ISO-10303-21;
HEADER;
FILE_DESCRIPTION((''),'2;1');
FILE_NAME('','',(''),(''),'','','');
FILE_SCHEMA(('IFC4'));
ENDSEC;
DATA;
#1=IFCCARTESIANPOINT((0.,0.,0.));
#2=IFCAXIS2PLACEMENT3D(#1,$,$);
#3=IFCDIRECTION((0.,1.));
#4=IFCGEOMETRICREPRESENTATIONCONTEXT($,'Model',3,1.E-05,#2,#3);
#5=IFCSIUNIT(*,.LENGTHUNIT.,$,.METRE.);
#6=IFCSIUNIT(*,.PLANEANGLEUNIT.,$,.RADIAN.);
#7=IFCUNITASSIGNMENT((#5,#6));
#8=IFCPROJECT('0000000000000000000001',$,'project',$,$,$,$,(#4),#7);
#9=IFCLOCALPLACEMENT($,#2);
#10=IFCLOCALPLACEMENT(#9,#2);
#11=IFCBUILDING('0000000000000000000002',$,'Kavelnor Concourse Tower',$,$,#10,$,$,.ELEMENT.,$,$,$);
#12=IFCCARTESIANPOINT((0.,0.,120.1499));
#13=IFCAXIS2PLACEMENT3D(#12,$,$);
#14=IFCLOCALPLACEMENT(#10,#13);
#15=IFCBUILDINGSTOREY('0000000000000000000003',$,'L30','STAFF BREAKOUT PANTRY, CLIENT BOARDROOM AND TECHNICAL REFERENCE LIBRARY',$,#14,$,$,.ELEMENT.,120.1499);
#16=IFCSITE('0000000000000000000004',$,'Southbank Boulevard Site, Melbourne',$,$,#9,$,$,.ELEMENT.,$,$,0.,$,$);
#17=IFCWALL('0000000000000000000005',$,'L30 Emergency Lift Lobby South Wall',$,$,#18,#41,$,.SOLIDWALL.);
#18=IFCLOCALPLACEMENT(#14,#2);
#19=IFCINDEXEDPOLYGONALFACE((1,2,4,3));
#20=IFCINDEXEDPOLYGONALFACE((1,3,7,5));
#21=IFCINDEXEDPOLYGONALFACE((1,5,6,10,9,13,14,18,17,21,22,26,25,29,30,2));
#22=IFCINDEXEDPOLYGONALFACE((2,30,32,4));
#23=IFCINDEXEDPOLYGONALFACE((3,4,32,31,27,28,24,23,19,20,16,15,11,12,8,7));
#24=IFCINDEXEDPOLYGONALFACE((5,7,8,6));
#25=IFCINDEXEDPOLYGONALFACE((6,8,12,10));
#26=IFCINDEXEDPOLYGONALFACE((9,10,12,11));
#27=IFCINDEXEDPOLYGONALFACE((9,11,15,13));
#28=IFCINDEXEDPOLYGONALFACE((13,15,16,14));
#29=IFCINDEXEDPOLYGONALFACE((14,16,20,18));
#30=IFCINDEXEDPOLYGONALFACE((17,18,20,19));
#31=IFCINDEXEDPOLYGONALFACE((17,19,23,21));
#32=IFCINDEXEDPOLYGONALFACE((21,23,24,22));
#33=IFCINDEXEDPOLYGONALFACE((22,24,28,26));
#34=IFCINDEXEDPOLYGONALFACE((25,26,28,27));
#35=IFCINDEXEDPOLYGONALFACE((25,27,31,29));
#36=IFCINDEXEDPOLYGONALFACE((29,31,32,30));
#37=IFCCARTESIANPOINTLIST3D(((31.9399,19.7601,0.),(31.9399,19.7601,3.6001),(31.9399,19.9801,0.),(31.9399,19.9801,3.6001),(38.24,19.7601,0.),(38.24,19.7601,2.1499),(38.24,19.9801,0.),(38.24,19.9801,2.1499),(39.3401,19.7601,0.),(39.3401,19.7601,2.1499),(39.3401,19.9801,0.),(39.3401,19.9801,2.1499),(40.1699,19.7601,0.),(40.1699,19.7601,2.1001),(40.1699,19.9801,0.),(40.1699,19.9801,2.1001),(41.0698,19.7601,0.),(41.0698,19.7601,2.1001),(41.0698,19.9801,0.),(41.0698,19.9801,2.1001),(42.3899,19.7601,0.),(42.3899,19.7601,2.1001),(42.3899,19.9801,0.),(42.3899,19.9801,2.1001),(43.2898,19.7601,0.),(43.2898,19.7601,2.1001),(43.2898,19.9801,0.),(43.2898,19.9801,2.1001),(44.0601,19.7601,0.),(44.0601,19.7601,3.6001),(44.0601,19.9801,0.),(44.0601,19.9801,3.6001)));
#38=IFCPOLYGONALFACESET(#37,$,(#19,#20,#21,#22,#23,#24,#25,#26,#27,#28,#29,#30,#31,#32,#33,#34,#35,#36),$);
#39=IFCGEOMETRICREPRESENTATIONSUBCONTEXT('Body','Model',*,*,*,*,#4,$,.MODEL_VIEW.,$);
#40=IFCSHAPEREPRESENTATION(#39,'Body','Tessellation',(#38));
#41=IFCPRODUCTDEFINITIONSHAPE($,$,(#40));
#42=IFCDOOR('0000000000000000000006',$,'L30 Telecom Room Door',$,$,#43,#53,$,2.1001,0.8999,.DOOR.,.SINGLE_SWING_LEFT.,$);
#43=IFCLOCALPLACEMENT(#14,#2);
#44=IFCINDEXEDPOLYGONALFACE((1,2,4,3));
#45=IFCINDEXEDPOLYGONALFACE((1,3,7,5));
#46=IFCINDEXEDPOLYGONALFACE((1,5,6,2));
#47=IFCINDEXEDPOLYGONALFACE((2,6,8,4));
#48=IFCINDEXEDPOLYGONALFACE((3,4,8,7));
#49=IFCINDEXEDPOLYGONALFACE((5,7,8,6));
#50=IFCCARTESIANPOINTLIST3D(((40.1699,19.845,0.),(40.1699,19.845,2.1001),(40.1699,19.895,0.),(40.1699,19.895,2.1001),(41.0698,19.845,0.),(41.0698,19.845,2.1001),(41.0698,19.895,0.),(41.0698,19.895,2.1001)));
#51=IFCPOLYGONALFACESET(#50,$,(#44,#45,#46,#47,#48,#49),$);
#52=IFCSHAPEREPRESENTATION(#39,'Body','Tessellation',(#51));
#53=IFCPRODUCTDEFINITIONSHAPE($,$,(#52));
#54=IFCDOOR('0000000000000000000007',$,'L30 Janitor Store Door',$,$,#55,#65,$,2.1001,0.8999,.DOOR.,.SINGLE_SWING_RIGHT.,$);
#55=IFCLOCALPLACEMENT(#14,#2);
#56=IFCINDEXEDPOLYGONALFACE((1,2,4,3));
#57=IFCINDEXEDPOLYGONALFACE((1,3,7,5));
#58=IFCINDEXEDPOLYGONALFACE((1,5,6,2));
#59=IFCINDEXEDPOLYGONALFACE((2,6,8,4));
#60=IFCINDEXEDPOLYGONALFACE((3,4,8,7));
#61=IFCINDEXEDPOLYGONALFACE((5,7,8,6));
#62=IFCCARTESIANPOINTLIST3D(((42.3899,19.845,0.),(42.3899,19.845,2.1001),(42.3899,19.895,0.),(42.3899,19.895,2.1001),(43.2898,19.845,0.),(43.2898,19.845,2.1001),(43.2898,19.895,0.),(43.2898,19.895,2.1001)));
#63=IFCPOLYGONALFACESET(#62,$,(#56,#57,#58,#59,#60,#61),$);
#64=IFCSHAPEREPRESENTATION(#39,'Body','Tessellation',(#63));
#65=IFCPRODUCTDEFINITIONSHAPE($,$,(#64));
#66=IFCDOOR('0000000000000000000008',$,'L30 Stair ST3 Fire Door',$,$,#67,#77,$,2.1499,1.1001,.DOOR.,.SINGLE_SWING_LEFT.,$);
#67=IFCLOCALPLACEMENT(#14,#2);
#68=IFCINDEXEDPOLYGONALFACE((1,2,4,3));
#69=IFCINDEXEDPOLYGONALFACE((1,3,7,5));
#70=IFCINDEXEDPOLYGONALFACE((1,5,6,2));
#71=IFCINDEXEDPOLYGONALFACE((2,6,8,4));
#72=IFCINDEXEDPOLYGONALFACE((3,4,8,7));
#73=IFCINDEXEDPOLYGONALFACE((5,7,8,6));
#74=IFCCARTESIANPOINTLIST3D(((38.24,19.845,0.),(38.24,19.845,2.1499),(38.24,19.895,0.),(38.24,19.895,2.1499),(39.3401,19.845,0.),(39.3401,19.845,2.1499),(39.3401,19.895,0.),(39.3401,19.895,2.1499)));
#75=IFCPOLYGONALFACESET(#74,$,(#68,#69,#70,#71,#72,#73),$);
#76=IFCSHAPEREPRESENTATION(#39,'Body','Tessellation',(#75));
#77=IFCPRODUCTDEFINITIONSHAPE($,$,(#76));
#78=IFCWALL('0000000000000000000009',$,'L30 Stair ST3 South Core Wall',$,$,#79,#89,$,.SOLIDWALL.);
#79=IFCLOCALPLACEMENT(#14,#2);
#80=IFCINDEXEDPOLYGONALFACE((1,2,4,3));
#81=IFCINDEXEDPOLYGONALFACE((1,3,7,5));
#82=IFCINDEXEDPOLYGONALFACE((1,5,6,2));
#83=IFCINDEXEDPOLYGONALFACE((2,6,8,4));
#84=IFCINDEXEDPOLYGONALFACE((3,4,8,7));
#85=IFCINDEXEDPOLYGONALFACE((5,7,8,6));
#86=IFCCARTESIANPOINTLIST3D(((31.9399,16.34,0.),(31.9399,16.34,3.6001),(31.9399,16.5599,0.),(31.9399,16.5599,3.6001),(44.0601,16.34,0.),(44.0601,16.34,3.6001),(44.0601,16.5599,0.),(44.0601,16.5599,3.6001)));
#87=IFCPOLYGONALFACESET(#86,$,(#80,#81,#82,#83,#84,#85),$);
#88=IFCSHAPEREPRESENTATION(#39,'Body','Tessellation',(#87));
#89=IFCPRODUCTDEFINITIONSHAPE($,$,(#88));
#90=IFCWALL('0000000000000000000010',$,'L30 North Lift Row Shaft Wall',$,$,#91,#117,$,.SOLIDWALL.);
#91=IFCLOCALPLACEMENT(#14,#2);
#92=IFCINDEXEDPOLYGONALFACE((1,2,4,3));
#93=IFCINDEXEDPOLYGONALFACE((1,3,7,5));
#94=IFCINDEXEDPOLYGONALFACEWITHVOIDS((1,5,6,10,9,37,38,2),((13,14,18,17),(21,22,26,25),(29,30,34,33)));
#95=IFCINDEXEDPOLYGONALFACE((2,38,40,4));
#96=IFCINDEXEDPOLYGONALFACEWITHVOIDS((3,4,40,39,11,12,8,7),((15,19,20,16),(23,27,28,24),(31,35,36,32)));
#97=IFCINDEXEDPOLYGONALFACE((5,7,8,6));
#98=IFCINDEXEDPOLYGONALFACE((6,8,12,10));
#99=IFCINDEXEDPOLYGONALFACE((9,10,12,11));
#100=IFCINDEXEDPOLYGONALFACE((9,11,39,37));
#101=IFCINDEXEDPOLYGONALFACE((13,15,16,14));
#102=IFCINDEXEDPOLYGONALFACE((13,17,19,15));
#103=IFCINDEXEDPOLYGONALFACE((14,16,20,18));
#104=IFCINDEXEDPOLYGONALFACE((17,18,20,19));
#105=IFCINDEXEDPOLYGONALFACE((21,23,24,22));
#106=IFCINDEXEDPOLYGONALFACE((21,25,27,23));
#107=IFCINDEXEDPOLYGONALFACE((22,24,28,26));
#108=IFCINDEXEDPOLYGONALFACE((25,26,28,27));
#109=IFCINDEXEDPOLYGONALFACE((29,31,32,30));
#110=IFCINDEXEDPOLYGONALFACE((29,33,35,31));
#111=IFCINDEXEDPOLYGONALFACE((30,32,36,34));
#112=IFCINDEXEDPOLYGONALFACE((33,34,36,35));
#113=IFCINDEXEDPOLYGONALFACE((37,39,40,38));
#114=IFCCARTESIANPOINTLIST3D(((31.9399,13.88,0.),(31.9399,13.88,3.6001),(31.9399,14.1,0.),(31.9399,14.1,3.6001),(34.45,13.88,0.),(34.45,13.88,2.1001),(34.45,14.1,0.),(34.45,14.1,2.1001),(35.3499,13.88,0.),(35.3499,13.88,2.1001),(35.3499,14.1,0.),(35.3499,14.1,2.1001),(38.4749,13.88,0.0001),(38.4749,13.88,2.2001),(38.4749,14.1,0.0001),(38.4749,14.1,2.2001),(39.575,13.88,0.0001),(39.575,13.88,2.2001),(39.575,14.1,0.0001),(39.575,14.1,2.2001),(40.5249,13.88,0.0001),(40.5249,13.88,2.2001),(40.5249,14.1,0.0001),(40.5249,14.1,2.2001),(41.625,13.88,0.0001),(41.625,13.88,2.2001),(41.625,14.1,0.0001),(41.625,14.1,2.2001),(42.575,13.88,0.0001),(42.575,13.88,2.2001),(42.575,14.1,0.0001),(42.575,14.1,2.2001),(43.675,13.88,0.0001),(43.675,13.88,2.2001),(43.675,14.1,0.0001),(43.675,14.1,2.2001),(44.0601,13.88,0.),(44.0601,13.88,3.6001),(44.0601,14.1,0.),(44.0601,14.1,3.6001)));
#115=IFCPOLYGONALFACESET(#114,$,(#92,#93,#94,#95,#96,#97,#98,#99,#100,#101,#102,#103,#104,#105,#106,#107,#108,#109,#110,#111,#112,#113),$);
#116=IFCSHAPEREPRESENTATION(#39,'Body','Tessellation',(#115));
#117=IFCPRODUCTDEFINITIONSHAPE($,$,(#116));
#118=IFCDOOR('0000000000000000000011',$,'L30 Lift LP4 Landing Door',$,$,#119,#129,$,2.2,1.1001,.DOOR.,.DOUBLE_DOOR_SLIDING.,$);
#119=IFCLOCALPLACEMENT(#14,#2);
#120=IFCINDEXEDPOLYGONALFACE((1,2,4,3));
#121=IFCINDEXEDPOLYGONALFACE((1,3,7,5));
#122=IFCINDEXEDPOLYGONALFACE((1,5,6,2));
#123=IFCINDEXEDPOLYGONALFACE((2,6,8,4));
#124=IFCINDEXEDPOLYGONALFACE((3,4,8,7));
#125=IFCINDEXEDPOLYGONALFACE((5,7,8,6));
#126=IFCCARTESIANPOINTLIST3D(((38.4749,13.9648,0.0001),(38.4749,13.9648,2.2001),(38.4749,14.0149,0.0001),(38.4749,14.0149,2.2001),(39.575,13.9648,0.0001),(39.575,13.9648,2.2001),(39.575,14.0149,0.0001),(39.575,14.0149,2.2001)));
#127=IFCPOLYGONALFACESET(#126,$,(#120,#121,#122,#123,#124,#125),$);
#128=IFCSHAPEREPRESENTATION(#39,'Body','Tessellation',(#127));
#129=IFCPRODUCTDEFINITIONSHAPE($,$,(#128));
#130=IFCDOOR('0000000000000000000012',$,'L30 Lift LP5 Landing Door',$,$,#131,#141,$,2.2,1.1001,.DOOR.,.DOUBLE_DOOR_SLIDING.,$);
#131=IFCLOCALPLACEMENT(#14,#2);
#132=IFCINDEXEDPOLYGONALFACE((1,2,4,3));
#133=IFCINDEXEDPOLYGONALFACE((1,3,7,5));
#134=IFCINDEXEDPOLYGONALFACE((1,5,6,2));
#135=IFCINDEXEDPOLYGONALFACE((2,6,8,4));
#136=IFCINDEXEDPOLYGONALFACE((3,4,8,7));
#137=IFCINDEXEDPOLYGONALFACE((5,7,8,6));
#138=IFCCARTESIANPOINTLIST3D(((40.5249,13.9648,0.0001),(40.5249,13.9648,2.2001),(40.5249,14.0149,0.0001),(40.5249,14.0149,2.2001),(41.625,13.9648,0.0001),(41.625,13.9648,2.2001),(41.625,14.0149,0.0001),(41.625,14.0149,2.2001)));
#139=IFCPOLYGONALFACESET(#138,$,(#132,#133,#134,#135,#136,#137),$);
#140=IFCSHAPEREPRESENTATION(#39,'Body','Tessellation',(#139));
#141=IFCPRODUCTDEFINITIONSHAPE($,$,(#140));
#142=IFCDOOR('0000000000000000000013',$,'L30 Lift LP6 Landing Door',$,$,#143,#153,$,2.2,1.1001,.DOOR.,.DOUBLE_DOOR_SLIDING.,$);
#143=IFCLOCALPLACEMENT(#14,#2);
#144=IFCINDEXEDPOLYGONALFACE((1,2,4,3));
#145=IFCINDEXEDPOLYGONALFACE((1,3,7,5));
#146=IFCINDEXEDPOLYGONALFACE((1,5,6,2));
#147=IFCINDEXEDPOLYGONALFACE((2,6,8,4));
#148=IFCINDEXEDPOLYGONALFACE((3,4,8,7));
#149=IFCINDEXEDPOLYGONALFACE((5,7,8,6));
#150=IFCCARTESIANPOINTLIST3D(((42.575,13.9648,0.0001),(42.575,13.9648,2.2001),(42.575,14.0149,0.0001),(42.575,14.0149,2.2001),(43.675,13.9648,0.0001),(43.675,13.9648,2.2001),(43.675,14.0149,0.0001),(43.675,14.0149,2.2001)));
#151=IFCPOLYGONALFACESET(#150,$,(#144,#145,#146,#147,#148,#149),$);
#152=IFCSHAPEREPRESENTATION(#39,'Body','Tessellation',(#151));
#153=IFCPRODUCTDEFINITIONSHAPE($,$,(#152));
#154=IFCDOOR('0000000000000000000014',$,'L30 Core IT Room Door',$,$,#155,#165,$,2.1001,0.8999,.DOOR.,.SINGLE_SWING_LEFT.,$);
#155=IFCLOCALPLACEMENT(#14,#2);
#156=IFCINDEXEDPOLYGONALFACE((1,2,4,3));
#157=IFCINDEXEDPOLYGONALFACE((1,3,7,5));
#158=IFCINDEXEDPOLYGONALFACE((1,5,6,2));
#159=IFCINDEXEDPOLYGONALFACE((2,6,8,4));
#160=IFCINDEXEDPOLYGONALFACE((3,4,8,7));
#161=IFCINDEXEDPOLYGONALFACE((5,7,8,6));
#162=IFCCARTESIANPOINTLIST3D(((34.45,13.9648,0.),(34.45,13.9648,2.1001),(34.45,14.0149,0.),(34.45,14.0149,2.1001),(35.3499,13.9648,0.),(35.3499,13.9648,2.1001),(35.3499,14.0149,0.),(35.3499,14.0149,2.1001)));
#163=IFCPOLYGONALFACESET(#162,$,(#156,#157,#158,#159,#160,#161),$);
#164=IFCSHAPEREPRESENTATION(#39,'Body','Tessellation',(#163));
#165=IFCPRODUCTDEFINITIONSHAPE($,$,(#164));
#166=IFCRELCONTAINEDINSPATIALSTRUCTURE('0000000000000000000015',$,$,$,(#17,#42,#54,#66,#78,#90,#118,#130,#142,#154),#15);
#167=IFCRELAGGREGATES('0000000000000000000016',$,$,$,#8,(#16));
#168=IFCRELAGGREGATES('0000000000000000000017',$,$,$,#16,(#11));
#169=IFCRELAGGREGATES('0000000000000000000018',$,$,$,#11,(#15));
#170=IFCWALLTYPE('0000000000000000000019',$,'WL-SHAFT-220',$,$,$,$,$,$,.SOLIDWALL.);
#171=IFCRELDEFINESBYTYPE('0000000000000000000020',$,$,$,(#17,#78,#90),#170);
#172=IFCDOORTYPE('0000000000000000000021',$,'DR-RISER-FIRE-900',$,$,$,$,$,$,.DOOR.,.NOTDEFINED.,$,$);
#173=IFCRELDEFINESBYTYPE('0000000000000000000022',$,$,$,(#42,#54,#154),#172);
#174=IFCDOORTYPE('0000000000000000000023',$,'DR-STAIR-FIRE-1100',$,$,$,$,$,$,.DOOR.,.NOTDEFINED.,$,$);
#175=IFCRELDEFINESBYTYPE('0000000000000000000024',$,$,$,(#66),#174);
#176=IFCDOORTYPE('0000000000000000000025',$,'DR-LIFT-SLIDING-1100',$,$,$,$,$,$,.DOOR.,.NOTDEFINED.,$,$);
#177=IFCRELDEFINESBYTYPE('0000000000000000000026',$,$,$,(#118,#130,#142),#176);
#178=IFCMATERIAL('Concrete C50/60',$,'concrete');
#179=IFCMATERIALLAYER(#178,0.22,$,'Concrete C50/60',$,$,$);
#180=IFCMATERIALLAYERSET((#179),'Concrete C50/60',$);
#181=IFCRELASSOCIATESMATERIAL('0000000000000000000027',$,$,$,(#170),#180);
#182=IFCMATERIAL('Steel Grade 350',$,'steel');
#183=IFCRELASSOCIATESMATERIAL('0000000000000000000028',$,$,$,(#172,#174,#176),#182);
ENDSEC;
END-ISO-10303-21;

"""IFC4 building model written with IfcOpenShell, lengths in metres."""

from ifc_helpers import new_model, si_unit, direction, frame, frame_2d, origin, place, context, subcontext, project, spatial, rectangle, extrude, material, layer, layer_set, type_object, element, fill, save


model = new_model("IFC4")

# Units and contexts
model_context = context("Model", 3, precision=1e-05, world=origin(), true_north=direction((0.0, 1.0)))
body_context = subcontext(model_context, "Body", "Model", "MODEL_VIEW")
ifc_project = project(units=[si_unit("LENGTHUNIT", "METRE"), si_unit("PLANEANGLEUNIT", "RADIAN")], contexts=[model_context])

# Site, building, storey
site_placement = place(None, origin())
site = spatial("IfcSite", under=ifc_project, at=site_placement, Name="Southbank Boulevard Site, Melbourne", CompositionType="ELEMENT", RefElevation=0.0)
building_placement = place(site_placement, origin())
building = spatial("IfcBuilding", under=site, at=building_placement, Name="Kavelnor Concourse Tower", CompositionType="ELEMENT")
storey_placement = place(building_placement, frame((0.0, 0.0, 120.1499)))
storey = spatial("IfcBuildingStorey", under=building, at=storey_placement, Name="L30", Description="STAFF BREAKOUT PANTRY, CLIENT BOARDROOM AND TECHNICAL REFERENCE LIBRARY", CompositionType="ELEMENT", Elevation=120.1499)

# Shared definitions
ifc_material_1 = material(Name="Steel Grade 350", Category="steel")

# Wall, openings, doors
ifc_material_2 = material(Name="Concrete C50/60", Category="concrete")
ifc_layer_1 = layer(ifc_material_2, 0.22, Name="Concrete C50/60")
ifc_layer_set_1 = layer_set([ifc_layer_1], Name="Concrete C50/60")
wall_type_1 = type_object("IfcWallType", Name="WL-SHAFT-220", PredefinedType="SOLIDWALL", material=ifc_layer_set_1)
wall_1_placement = place(storey_placement, frame((31.9399, 19.8701, 0.0), z_axis=(0.0, 0.0, 1.0), x_axis=(1.0, 0.0, 0.0)))
wall_1 = element("IfcWall", 1, at=wall_1_placement, inside=storey, type_object=wall_type_1, Name="L30 Emergency Lift Lobby South Wall", PredefinedType="SOLIDWALL", context=body_context, shape_type="SweptSolid", body=[
    extrude(rectangle(XDim=12.1201, YDim=0.22, at=frame_2d((6.0601, 0.0))), origin(), (0.0, 0.0, 1.0), 3.6001),
])
opening_1_placement = place(wall_1_placement, frame((6.3, 0.0, 0.0)))
opening_1 = element("IfcOpeningElement", 2, at=opening_1_placement, cuts=wall_1, PredefinedType="OPENING", context=body_context, shape_type="SweptSolid", body=[
    extrude(rectangle(XDim=1.1001, YDim=2.1499, at=frame_2d((0.55, 1.075))), frame((0.0, 0.1201, 0.0), z_axis=(0.0, -1.0, 0.0), x_axis=(1.0, 0.0, 0.0)), (0.0, 0.0, 1.0), 0.24),
])
opening_2_placement = place(wall_1_placement, frame((8.23, 0.0, 0.0)))
opening_2 = element("IfcOpeningElement", 3, at=opening_2_placement, cuts=wall_1, PredefinedType="OPENING", context=body_context, shape_type="SweptSolid", body=[
    extrude(rectangle(XDim=0.8999, YDim=2.1001, at=frame_2d((0.45, 1.05))), frame((0.0, 0.1201, 0.0), z_axis=(0.0, -1.0, 0.0), x_axis=(1.0, 0.0, 0.0)), (0.0, 0.0, 1.0), 0.24),
])
opening_3_placement = place(wall_1_placement, frame((10.45, 0.0, 0.0)))
opening_3 = element("IfcOpeningElement", 4, at=opening_3_placement, cuts=wall_1, PredefinedType="OPENING", context=body_context, shape_type="SweptSolid", body=[
    extrude(rectangle(XDim=0.8999, YDim=2.1001, at=frame_2d((0.45, 1.05))), frame((0.0, 0.1201, 0.0), z_axis=(0.0, -1.0, 0.0), x_axis=(1.0, 0.0, 0.0)), (0.0, 0.0, 1.0), 0.24),
])
door_type_1 = type_object("IfcDoorType", Name="DR-RISER-FIRE-900", OperationType="NOTDEFINED", PredefinedType="DOOR", material=ifc_material_1)
door_1_placement = place(opening_2_placement, origin())
door_1 = element("IfcDoor", 5, at=door_1_placement, inside=storey, type_object=door_type_1, Name="L30 Telecom Room Door", OperationType="SINGLE_SWING_LEFT", OverallHeight=2.1001, OverallWidth=0.8999, PredefinedType="DOOR", context=body_context, shape_type="SweptSolid", body=[
    extrude(rectangle(XDim=0.8999, YDim=2.1001, at=frame_2d((0.45, 1.05))), frame((0.0, 0.0249, 0.0), z_axis=(0.0, -1.0, 0.0), x_axis=(1.0, 0.0, 0.0)), (0.0, 0.0, 1.0), 0.05),
])
fill(opening_2, door_1)
door_2_placement = place(opening_3_placement, origin())
door_2 = element("IfcDoor", 6, at=door_2_placement, inside=storey, type_object=door_type_1, Name="L30 Janitor Store Door", OperationType="SINGLE_SWING_RIGHT", OverallHeight=2.1001, OverallWidth=0.8999, PredefinedType="DOOR", context=body_context, shape_type="SweptSolid", body=[
    extrude(rectangle(XDim=0.8999, YDim=2.1001, at=frame_2d((0.45, 1.05))), frame((0.0, 0.0249, 0.0), z_axis=(0.0, -1.0, 0.0), x_axis=(1.0, 0.0, 0.0)), (0.0, 0.0, 1.0), 0.05),
])
fill(opening_3, door_2)
door_type_2 = type_object("IfcDoorType", Name="DR-STAIR-FIRE-1100", OperationType="NOTDEFINED", PredefinedType="DOOR", material=ifc_material_1)
door_3_placement = place(opening_1_placement, origin())
door_3 = element("IfcDoor", 7, at=door_3_placement, inside=storey, type_object=door_type_2, Name="L30 Stair ST3 Fire Door", OperationType="SINGLE_SWING_LEFT", OverallHeight=2.1499, OverallWidth=1.1001, PredefinedType="DOOR", context=body_context, shape_type="SweptSolid", body=[
    extrude(rectangle(XDim=1.1001, YDim=2.1499, at=frame_2d((0.55, 1.075))), frame((0.0, 0.0249, 0.0), z_axis=(0.0, -1.0, 0.0), x_axis=(1.0, 0.0, 0.0)), (0.0, 0.0, 1.0), 0.05),
])
fill(opening_1, door_3)

# Wall
wall_2_placement = place(storey_placement, frame((31.9399, 16.45, 0.0), z_axis=(0.0, 0.0, 1.0), x_axis=(1.0, 0.0, 0.0)))
element("IfcWall", 8, at=wall_2_placement, inside=storey, type_object=wall_type_1, Name="L30 Stair ST3 South Core Wall", PredefinedType="SOLIDWALL", context=body_context, shape_type="SweptSolid", body=[
    extrude(rectangle(XDim=12.1201, YDim=0.22, at=frame_2d((6.0601, 0.0))), origin(), (0.0, 0.0, 1.0), 3.6001),
])

# Wall, openings, doors
wall_3_placement = place(storey_placement, frame((31.9399, 13.99, 0.0), z_axis=(0.0, 0.0, 1.0), x_axis=(1.0, 0.0, 0.0)))
wall_3 = element("IfcWall", 9, at=wall_3_placement, inside=storey, type_object=wall_type_1, Name="L30 North Lift Row Shaft Wall", PredefinedType="SOLIDWALL", context=body_context, shape_type="SweptSolid", body=[
    extrude(rectangle(XDim=12.1201, YDim=0.22, at=frame_2d((6.0601, 0.0))), origin(), (0.0, 0.0, 1.0), 3.6001),
])
opening_4_placement = place(wall_3_placement, frame((2.51, 0.0, 0.0)))
opening_4 = element("IfcOpeningElement", 10, at=opening_4_placement, cuts=wall_3, PredefinedType="OPENING", context=body_context, shape_type="SweptSolid", body=[
    extrude(rectangle(XDim=0.8999, YDim=2.1001, at=frame_2d((0.45, 1.05))), frame((0.0, 0.1201, 0.0), z_axis=(0.0, -1.0, 0.0), x_axis=(1.0, 0.0, 0.0)), (0.0, 0.0, 1.0), 0.24),
])
opening_5_placement = place(wall_3_placement, frame((6.5349, 0.0, 0.0)))
opening_5 = element("IfcOpeningElement", 11, at=opening_5_placement, cuts=wall_3, PredefinedType="OPENING", context=body_context, shape_type="SweptSolid", body=[
    extrude(rectangle(XDim=1.1001, YDim=2.2, at=frame_2d((0.55, 1.1001))), frame((0.0, 0.1201, 0.0), z_axis=(0.0, -1.0, 0.0), x_axis=(1.0, 0.0, 0.0)), (0.0, 0.0, 1.0), 0.24),
])
opening_6_placement = place(wall_3_placement, frame((8.585, 0.0, 0.0)))
opening_6 = element("IfcOpeningElement", 12, at=opening_6_placement, cuts=wall_3, PredefinedType="OPENING", context=body_context, shape_type="SweptSolid", body=[
    extrude(rectangle(XDim=1.1001, YDim=2.2, at=frame_2d((0.55, 1.1001))), frame((0.0, 0.1201, 0.0), z_axis=(0.0, -1.0, 0.0), x_axis=(1.0, 0.0, 0.0)), (0.0, 0.0, 1.0), 0.24),
])
opening_7_placement = place(wall_3_placement, frame((10.635, 0.0, 0.0)))
opening_7 = element("IfcOpeningElement", 13, at=opening_7_placement, cuts=wall_3, PredefinedType="OPENING", context=body_context, shape_type="SweptSolid", body=[
    extrude(rectangle(XDim=1.1001, YDim=2.2, at=frame_2d((0.55, 1.1001))), frame((0.0, 0.1201, 0.0), z_axis=(0.0, -1.0, 0.0), x_axis=(1.0, 0.0, 0.0)), (0.0, 0.0, 1.0), 0.24),
])
door_type_3 = type_object("IfcDoorType", Name="DR-LIFT-SLIDING-1100", OperationType="NOTDEFINED", PredefinedType="DOOR", material=ifc_material_1)
door_4_placement = place(opening_5_placement, origin())
door_4 = element("IfcDoor", 14, at=door_4_placement, inside=storey, type_object=door_type_3, Name="L30 Lift LP4 Landing Door", OperationType="DOUBLE_DOOR_SLIDING", OverallHeight=2.2, OverallWidth=1.1001, PredefinedType="DOOR", context=body_context, shape_type="SweptSolid", body=[
    extrude(rectangle(XDim=1.1001, YDim=2.2, at=frame_2d((0.55, 1.1001))), frame((0.0, 0.0249, 0.0), z_axis=(0.0, -1.0, 0.0), x_axis=(1.0, 0.0, 0.0)), (0.0, 0.0, 1.0), 0.05),
])
fill(opening_5, door_4)
door_5_placement = place(opening_6_placement, origin())
door_5 = element("IfcDoor", 15, at=door_5_placement, inside=storey, type_object=door_type_3, Name="L30 Lift LP5 Landing Door", OperationType="DOUBLE_DOOR_SLIDING", OverallHeight=2.2, OverallWidth=1.1001, PredefinedType="DOOR", context=body_context, shape_type="SweptSolid", body=[
    extrude(rectangle(XDim=1.1001, YDim=2.2, at=frame_2d((0.55, 1.1001))), frame((0.0, 0.0249, 0.0), z_axis=(0.0, -1.0, 0.0), x_axis=(1.0, 0.0, 0.0)), (0.0, 0.0, 1.0), 0.05),
])
fill(opening_6, door_5)
door_6_placement = place(opening_7_placement, origin())
door_6 = element("IfcDoor", 16, at=door_6_placement, inside=storey, type_object=door_type_3, Name="L30 Lift LP6 Landing Door", OperationType="DOUBLE_DOOR_SLIDING", OverallHeight=2.2, OverallWidth=1.1001, PredefinedType="DOOR", context=body_context, shape_type="SweptSolid", body=[
    extrude(rectangle(XDim=1.1001, YDim=2.2, at=frame_2d((0.55, 1.1001))), frame((0.0, 0.0249, 0.0), z_axis=(0.0, -1.0, 0.0), x_axis=(1.0, 0.0, 0.0)), (0.0, 0.0, 1.0), 0.05),
])
fill(opening_7, door_6)
door_7_placement = place(opening_4_placement, origin())
door_7 = element("IfcDoor", 17, at=door_7_placement, inside=storey, type_object=door_type_1, Name="L30 Core IT Room Door", OperationType="SINGLE_SWING_LEFT", OverallHeight=2.1001, OverallWidth=0.8999, PredefinedType="DOOR", context=body_context, shape_type="SweptSolid", body=[
    extrude(rectangle(XDim=0.8999, YDim=2.1001, at=frame_2d((0.45, 1.05))), frame((0.0, 0.0249, 0.0), z_axis=(0.0, -1.0, 0.0), x_axis=(1.0, 0.0, 0.0)), (0.0, 0.0, 1.0), 0.05),
])
fill(opening_4, door_7)

save(model, "model.ifc")
